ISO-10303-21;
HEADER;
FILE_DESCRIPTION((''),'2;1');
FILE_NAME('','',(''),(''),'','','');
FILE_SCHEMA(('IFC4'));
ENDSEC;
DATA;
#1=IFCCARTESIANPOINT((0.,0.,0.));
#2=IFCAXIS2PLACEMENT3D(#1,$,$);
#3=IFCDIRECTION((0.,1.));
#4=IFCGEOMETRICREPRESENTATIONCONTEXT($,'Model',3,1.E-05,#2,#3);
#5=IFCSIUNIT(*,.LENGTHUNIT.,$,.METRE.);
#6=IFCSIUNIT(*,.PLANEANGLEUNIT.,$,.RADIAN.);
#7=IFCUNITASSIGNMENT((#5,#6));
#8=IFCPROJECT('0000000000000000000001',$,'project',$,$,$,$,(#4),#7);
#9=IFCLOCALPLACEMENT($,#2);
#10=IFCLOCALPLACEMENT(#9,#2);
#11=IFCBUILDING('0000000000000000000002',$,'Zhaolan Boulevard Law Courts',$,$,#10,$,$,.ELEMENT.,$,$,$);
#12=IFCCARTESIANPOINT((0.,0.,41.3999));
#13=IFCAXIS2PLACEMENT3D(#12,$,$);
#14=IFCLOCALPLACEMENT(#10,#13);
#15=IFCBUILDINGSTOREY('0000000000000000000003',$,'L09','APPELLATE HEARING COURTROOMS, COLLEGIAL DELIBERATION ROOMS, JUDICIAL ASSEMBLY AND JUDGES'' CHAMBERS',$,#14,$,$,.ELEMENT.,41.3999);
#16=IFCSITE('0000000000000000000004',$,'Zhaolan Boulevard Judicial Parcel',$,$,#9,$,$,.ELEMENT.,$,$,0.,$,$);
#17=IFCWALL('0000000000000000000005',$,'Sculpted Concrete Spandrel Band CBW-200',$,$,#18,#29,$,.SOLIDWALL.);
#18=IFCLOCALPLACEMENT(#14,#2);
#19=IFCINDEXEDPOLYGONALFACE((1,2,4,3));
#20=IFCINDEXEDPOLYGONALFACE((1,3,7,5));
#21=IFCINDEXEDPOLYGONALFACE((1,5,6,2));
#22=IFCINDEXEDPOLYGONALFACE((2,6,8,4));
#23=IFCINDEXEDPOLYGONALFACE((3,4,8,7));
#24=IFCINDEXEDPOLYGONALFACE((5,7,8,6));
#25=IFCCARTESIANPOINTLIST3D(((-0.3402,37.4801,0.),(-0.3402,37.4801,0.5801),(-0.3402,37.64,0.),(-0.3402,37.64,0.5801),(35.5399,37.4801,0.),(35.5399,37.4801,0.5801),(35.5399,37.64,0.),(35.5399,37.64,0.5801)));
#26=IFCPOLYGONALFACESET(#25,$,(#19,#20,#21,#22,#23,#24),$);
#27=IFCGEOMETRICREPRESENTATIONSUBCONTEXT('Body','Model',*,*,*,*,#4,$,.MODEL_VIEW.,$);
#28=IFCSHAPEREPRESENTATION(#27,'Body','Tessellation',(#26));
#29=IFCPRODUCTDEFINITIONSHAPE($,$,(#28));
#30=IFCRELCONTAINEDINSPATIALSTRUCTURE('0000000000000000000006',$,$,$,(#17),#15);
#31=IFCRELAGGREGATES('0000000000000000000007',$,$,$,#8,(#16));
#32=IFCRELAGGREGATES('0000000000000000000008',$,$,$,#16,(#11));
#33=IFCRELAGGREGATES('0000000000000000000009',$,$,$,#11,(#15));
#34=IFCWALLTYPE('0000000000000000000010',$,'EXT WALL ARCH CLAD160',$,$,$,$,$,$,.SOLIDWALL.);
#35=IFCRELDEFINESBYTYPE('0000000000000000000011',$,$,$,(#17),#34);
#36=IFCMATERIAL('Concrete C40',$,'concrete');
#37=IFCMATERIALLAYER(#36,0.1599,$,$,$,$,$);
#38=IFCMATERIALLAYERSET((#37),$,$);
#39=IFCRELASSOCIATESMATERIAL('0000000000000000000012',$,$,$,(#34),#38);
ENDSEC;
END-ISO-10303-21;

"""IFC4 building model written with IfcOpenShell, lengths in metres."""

from ifc_helpers import new_model, si_unit, direction, frame, frame_2d, origin, place, context, subcontext, project, spatial, rectangle, extrude, material, layer, layer_set, type_object, element, save


model = new_model("IFC4")

# Units and contexts
model_context = context("Model", 3, precision=1e-05, world=origin(), true_north=direction((0.0, 1.0)))
body_context = subcontext(model_context, "Body", "Model", "MODEL_VIEW")
ifc_project = project(units=[si_unit("LENGTHUNIT", "METRE"), si_unit("PLANEANGLEUNIT", "RADIAN")], contexts=[model_context])

# Site, building, storey
site_placement = place(None, origin())
site = spatial("IfcSite", under=ifc_project, at=site_placement, Name="Zhaolan Boulevard Judicial Parcel", CompositionType="ELEMENT", RefElevation=0.0)
building_placement = place(site_placement, origin())
building = spatial("IfcBuilding", under=site, at=building_placement, Name="Zhaolan Boulevard Law Courts", CompositionType="ELEMENT")
storey_placement = place(building_placement, frame((0.0, 0.0, 41.3999)))
storey = spatial("IfcBuildingStorey", under=building, at=storey_placement, Name="L09", Description="APPELLATE HEARING COURTROOMS, COLLEGIAL DELIBERATION ROOMS, JUDICIAL ASSEMBLY AND JUDGES' CHAMBERS", CompositionType="ELEMENT", Elevation=41.3999)

# Wall
ifc_material_1 = material(Name="Concrete C40", Category="concrete")
ifc_layer_1 = layer(ifc_material_1, 0.1599)
ifc_layer_set_1 = layer_set([ifc_layer_1])
wall_type_1 = type_object("IfcWallType", Name="EXT WALL ARCH CLAD160", PredefinedType="SOLIDWALL", material=ifc_layer_set_1)
wall_placement = place(storey_placement, frame((-0.3401, 37.5601, 0.0), z_axis=(0.0, 0.0, 1.0), x_axis=(1.0, 0.0, 0.0)))
element("IfcWall", 1, at=wall_placement, inside=storey, type_object=wall_type_1, Name="Sculpted Concrete Spandrel Band CBW-200", PredefinedType="SOLIDWALL", context=body_context, shape_type="SweptSolid", body=[
    extrude(rectangle(XDim=35.8801, YDim=0.1599, at=frame_2d((17.9399, 0.0))), origin(), (0.0, 0.0, 1.0), 0.5801),
])

save(model, "model.ifc")
